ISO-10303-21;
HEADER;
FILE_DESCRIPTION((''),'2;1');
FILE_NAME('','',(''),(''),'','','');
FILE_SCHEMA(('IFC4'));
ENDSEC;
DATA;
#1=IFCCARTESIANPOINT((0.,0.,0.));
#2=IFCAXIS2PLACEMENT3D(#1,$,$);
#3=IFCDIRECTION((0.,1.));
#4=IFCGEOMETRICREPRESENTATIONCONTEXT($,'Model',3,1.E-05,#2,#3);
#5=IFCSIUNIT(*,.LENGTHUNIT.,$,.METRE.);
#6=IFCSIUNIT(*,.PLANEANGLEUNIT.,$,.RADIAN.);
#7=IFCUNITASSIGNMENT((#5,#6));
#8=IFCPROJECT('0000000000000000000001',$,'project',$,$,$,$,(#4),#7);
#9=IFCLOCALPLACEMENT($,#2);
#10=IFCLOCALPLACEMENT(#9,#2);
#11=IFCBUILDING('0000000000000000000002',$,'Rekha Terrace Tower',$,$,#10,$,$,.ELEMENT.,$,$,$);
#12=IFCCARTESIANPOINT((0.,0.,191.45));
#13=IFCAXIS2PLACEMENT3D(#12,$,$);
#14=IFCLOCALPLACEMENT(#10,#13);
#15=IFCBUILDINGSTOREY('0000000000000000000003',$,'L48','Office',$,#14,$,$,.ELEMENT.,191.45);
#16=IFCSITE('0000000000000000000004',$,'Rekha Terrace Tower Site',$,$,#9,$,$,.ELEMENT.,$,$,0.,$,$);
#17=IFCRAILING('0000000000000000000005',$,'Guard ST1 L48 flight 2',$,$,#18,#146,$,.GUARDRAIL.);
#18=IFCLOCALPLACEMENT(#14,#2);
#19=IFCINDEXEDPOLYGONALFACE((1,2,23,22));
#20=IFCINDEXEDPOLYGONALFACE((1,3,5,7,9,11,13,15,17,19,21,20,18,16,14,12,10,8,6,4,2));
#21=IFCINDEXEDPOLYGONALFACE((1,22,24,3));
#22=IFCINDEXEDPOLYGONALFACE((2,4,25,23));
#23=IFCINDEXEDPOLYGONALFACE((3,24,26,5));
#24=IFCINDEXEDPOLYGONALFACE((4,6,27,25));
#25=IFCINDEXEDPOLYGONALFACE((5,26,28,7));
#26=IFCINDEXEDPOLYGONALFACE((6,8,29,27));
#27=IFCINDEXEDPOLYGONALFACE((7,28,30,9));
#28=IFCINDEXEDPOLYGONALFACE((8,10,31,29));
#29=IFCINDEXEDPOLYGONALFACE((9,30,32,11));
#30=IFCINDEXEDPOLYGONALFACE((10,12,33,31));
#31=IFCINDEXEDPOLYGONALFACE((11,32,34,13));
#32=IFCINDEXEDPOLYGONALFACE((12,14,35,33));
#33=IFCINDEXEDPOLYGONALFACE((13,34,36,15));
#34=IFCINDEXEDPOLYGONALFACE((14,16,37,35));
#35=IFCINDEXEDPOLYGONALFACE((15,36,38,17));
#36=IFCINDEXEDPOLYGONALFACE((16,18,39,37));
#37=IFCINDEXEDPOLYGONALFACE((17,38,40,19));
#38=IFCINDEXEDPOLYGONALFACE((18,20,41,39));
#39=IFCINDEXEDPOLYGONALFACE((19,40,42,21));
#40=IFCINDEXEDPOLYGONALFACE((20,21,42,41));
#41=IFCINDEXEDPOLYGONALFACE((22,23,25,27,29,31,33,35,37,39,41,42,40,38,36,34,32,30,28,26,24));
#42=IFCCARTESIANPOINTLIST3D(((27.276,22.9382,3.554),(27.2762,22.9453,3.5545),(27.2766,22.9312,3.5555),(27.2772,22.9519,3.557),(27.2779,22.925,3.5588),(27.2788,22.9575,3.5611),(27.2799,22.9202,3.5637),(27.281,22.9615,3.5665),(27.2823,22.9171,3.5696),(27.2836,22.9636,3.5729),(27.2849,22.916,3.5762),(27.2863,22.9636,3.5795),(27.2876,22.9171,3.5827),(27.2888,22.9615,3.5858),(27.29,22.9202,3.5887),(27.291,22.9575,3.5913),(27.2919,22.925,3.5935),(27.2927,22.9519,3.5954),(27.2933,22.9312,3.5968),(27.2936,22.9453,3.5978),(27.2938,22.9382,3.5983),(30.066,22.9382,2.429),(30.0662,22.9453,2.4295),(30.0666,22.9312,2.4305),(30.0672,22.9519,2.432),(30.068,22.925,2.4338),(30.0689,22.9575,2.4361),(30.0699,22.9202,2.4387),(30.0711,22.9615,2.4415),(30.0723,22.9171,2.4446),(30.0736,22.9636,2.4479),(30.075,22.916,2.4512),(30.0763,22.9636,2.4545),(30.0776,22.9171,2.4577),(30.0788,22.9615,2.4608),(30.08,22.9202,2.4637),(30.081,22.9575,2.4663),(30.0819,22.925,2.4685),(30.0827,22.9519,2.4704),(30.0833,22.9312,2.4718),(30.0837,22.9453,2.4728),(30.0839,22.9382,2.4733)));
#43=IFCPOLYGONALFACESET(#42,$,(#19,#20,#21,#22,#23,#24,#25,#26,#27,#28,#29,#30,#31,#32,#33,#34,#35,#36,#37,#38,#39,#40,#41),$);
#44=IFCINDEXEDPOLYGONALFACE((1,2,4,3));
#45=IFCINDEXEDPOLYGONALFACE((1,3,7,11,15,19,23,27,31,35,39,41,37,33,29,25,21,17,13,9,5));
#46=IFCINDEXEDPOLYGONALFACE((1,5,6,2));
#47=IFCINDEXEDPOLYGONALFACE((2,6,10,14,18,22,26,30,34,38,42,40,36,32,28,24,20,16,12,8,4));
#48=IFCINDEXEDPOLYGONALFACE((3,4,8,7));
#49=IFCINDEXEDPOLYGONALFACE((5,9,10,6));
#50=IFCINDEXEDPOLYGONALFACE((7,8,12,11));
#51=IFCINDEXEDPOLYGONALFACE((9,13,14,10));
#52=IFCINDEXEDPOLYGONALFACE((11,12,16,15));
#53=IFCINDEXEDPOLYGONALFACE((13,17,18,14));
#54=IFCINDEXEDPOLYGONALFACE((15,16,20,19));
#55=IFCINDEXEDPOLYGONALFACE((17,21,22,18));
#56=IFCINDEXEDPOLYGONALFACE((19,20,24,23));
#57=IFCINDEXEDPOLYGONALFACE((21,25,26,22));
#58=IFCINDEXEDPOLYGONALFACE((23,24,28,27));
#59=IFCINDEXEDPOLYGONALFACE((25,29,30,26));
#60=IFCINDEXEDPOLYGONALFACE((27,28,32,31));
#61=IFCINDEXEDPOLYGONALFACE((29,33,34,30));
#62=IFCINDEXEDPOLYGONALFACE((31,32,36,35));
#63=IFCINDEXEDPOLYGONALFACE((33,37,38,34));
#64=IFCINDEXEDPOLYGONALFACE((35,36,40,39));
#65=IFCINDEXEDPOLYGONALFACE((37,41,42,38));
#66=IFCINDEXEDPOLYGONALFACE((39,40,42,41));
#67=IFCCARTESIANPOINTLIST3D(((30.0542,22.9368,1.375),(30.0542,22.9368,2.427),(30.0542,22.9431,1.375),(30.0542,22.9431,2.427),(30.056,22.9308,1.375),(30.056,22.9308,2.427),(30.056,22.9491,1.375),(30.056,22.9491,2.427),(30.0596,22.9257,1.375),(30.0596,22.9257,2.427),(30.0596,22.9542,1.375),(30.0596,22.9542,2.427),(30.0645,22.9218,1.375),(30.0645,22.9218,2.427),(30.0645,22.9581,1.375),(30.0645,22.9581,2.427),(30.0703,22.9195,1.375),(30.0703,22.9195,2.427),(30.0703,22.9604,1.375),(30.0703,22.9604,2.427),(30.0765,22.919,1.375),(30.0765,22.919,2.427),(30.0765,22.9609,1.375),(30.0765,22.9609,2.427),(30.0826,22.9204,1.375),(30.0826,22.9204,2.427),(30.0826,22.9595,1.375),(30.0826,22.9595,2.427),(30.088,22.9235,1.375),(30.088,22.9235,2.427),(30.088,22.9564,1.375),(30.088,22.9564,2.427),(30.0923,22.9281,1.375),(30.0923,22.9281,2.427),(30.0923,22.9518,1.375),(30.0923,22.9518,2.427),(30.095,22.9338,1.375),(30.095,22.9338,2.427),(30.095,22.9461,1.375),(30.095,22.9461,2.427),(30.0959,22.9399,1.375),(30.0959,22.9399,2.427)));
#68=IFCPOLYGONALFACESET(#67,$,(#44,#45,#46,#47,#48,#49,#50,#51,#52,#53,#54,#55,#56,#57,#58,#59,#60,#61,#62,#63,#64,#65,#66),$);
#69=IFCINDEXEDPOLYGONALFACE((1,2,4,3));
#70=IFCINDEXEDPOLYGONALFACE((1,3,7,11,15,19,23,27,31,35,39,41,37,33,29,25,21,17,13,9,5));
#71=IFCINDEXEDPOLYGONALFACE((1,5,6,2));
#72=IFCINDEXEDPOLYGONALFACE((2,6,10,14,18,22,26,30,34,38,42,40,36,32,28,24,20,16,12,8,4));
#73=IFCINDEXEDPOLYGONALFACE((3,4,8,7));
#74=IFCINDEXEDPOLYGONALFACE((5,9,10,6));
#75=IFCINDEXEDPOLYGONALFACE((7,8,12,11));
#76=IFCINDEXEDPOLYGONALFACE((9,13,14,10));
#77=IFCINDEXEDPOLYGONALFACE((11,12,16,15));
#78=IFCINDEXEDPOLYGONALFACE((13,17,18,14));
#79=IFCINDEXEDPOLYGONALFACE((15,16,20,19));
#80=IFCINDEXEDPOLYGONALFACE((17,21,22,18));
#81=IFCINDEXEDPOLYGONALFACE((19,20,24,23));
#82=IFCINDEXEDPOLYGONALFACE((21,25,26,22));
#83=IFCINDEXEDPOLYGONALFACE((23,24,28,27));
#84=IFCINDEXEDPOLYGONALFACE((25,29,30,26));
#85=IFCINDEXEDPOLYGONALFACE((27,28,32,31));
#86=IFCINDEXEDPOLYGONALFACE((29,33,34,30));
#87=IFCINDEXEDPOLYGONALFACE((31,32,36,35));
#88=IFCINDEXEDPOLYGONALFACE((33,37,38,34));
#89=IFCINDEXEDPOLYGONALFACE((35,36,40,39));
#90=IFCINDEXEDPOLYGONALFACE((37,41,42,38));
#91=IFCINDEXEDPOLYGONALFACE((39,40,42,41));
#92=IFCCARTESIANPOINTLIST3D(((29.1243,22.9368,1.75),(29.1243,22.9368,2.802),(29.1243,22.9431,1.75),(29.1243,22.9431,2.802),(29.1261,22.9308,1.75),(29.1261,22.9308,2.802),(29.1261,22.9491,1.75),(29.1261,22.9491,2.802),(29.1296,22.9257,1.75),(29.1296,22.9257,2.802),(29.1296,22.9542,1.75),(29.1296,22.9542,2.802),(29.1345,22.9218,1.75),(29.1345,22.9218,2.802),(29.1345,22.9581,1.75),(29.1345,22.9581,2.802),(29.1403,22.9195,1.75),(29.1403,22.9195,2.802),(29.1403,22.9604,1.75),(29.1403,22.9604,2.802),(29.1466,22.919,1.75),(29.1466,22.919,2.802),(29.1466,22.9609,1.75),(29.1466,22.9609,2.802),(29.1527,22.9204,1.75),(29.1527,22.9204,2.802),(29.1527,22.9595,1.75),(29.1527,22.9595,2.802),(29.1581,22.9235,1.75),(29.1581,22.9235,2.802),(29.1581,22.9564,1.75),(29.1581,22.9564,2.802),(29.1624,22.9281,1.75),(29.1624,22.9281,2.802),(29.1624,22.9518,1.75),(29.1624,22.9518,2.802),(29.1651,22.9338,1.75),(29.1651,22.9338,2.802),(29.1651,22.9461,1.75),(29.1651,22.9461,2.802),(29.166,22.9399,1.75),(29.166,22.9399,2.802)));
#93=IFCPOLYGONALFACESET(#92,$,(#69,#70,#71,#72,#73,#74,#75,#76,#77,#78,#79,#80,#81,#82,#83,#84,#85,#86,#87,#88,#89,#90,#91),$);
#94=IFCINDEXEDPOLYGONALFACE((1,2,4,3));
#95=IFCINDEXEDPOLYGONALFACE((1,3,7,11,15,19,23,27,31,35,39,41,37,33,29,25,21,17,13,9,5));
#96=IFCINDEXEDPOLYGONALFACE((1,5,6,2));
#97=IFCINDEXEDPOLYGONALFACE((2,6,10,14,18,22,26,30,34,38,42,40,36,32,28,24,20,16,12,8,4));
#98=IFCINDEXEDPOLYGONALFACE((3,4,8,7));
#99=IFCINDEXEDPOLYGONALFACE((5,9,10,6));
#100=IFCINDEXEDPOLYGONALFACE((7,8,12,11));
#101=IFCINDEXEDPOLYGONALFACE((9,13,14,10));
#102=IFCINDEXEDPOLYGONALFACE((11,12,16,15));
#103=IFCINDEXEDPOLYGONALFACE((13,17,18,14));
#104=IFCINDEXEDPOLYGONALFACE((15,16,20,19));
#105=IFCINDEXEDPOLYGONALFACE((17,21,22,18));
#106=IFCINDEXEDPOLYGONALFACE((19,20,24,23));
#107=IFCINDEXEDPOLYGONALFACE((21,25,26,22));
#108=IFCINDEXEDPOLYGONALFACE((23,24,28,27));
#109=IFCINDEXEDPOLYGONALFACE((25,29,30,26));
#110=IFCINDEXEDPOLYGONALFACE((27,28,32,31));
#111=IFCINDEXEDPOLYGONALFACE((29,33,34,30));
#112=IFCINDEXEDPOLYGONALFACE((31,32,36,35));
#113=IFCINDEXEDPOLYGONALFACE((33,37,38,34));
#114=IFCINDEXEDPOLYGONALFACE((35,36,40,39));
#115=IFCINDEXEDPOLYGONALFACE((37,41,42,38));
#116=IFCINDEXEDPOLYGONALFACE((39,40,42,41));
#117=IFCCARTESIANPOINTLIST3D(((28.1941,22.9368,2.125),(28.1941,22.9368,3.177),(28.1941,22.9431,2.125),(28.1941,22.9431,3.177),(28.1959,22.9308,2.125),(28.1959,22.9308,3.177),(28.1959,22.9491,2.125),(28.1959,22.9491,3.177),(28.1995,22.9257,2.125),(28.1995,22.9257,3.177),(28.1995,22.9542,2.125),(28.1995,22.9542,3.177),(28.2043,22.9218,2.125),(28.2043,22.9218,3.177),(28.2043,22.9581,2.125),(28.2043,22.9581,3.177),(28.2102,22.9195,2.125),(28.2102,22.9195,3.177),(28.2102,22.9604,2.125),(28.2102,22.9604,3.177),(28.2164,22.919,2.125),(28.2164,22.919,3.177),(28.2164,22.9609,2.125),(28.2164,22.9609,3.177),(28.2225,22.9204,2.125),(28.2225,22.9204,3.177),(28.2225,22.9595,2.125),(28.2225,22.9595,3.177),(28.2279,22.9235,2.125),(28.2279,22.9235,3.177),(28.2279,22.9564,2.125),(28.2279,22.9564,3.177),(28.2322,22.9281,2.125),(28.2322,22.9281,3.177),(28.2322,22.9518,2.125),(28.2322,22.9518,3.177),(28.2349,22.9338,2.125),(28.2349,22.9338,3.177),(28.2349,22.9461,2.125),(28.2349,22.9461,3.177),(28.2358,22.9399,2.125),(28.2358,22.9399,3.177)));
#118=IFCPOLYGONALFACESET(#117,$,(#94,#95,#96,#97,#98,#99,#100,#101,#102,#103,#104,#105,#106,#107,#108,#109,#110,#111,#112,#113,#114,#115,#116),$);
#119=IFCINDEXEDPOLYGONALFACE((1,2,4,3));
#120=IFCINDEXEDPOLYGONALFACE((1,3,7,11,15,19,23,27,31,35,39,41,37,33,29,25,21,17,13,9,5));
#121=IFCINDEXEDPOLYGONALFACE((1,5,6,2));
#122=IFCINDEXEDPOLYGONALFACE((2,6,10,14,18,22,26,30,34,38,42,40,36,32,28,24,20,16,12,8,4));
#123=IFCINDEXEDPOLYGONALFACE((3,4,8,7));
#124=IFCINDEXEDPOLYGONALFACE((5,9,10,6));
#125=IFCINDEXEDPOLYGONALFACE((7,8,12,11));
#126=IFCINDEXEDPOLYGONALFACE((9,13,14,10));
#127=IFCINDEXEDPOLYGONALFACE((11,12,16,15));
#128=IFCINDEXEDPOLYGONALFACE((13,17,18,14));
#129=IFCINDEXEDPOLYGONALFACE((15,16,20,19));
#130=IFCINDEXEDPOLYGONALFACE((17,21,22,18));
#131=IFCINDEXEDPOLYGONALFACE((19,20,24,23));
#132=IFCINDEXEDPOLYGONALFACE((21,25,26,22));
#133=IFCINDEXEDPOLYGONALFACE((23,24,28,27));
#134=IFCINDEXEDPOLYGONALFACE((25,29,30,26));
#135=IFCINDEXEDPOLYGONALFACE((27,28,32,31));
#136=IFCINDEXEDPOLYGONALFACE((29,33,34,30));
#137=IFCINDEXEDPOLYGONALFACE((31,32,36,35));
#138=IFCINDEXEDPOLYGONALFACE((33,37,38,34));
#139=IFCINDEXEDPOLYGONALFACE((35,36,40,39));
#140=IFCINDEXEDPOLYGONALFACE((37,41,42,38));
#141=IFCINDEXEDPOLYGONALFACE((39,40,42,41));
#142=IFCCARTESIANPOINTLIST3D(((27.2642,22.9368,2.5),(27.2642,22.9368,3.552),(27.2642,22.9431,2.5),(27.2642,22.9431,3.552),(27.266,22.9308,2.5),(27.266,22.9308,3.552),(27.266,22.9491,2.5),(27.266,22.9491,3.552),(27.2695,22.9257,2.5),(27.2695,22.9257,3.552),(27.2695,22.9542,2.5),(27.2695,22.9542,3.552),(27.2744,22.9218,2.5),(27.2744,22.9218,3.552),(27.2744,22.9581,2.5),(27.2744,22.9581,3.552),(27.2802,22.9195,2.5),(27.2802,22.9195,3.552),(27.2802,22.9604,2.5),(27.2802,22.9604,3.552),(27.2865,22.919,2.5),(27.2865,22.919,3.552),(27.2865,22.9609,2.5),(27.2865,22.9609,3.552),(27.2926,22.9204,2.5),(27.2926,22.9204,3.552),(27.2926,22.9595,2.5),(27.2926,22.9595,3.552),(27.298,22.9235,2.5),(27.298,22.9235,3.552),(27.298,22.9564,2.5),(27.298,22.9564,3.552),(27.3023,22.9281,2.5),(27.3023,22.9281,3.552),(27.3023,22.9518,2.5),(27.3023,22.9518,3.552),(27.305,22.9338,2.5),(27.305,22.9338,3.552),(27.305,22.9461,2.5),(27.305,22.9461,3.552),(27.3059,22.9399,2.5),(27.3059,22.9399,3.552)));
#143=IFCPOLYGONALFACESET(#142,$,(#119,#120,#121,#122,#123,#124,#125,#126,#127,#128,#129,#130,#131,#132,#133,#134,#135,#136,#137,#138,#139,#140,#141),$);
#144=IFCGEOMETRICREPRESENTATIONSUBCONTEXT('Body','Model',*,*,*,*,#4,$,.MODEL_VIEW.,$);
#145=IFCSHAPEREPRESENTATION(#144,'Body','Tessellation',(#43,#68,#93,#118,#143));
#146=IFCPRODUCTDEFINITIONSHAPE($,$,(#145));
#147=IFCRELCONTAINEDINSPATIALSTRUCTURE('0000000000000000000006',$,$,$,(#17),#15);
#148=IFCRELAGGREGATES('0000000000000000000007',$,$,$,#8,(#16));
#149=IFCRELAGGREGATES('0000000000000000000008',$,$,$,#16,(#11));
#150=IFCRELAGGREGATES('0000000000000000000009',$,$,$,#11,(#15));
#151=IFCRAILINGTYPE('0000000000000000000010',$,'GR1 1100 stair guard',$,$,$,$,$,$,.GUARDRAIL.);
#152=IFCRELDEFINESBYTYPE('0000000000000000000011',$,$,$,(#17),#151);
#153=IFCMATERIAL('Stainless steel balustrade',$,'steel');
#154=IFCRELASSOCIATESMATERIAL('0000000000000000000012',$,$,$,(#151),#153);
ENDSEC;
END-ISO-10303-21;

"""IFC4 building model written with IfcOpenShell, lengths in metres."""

from ifc_helpers import new_model, si_unit, direction, frame, origin, origin_2d, place, context, subcontext, project, spatial, circle, extrude, material, type_object, element, save


model = new_model("IFC4")

# Units and contexts
model_context = context("Model", 3, precision=1e-05, world=origin(), true_north=direction((0.0, 1.0)))
body_context = subcontext(model_context, "Body", "Model", "MODEL_VIEW")
ifc_project = project(units=[si_unit("LENGTHUNIT", "METRE"), si_unit("PLANEANGLEUNIT", "RADIAN")], contexts=[model_context])

# Site, building, storey
site_placement = place(None, origin())
site = spatial("IfcSite", under=ifc_project, at=site_placement, Name="Rekha Terrace Tower Site", CompositionType="ELEMENT", RefElevation=0.0)
building_placement = place(site_placement, origin())
building = spatial("IfcBuilding", under=site, at=building_placement, Name="Rekha Terrace Tower", CompositionType="ELEMENT")
storey_placement = place(building_placement, frame((0.0, 0.0, 191.45)))
storey = spatial("IfcBuildingStorey", under=building, at=storey_placement, Name="L48", Description="Office", CompositionType="ELEMENT", Elevation=191.45)

# Railing
ifc_material_1 = material(Name="Stainless steel balustrade", Category="steel")
railing_type_1 = type_object("IfcRailingType", Name="GR1 1100 stair guard", PredefinedType="GUARDRAIL", material=ifc_material_1)
railing_1_placement = place(storey_placement, frame((30.075, 22.9399, 1.375)))
element("IfcRailing", 1, at=railing_1_placement, inside=storey, type_object=railing_type_1, Name="Guard ST1 L48 flight 2", PredefinedType="GUARDRAIL", context=body_context, shape_type="SweptSolid", body=[
    extrude(circle(Radius=0.0239, at=origin_2d()), frame((0.0, 0.0, 1.0762), z_axis=(-0.927443, 0.0, 0.373964), x_axis=(0.0, -1.0, 0.0)), (0.0, 0.0, 1.0), 3.0083),
    extrude(circle(Radius=0.021, at=origin_2d()), origin(), (0.0, 0.0, 1.0), 1.052),
    extrude(circle(Radius=0.021, at=origin_2d()), frame((-0.9299, 0.0, 0.375)), (0.0, 0.0, 1.0), 1.052),
    extrude(circle(Radius=0.021, at=origin_2d()), frame((-1.8601, 0.0, 0.75)), (0.0, 0.0, 1.0), 1.052),
    extrude(circle(Radius=0.021, at=origin_2d()), frame((-2.79, 0.0, 1.125)), (0.0, 0.0, 1.0), 1.052),
])

save(model, "model.ifc")
